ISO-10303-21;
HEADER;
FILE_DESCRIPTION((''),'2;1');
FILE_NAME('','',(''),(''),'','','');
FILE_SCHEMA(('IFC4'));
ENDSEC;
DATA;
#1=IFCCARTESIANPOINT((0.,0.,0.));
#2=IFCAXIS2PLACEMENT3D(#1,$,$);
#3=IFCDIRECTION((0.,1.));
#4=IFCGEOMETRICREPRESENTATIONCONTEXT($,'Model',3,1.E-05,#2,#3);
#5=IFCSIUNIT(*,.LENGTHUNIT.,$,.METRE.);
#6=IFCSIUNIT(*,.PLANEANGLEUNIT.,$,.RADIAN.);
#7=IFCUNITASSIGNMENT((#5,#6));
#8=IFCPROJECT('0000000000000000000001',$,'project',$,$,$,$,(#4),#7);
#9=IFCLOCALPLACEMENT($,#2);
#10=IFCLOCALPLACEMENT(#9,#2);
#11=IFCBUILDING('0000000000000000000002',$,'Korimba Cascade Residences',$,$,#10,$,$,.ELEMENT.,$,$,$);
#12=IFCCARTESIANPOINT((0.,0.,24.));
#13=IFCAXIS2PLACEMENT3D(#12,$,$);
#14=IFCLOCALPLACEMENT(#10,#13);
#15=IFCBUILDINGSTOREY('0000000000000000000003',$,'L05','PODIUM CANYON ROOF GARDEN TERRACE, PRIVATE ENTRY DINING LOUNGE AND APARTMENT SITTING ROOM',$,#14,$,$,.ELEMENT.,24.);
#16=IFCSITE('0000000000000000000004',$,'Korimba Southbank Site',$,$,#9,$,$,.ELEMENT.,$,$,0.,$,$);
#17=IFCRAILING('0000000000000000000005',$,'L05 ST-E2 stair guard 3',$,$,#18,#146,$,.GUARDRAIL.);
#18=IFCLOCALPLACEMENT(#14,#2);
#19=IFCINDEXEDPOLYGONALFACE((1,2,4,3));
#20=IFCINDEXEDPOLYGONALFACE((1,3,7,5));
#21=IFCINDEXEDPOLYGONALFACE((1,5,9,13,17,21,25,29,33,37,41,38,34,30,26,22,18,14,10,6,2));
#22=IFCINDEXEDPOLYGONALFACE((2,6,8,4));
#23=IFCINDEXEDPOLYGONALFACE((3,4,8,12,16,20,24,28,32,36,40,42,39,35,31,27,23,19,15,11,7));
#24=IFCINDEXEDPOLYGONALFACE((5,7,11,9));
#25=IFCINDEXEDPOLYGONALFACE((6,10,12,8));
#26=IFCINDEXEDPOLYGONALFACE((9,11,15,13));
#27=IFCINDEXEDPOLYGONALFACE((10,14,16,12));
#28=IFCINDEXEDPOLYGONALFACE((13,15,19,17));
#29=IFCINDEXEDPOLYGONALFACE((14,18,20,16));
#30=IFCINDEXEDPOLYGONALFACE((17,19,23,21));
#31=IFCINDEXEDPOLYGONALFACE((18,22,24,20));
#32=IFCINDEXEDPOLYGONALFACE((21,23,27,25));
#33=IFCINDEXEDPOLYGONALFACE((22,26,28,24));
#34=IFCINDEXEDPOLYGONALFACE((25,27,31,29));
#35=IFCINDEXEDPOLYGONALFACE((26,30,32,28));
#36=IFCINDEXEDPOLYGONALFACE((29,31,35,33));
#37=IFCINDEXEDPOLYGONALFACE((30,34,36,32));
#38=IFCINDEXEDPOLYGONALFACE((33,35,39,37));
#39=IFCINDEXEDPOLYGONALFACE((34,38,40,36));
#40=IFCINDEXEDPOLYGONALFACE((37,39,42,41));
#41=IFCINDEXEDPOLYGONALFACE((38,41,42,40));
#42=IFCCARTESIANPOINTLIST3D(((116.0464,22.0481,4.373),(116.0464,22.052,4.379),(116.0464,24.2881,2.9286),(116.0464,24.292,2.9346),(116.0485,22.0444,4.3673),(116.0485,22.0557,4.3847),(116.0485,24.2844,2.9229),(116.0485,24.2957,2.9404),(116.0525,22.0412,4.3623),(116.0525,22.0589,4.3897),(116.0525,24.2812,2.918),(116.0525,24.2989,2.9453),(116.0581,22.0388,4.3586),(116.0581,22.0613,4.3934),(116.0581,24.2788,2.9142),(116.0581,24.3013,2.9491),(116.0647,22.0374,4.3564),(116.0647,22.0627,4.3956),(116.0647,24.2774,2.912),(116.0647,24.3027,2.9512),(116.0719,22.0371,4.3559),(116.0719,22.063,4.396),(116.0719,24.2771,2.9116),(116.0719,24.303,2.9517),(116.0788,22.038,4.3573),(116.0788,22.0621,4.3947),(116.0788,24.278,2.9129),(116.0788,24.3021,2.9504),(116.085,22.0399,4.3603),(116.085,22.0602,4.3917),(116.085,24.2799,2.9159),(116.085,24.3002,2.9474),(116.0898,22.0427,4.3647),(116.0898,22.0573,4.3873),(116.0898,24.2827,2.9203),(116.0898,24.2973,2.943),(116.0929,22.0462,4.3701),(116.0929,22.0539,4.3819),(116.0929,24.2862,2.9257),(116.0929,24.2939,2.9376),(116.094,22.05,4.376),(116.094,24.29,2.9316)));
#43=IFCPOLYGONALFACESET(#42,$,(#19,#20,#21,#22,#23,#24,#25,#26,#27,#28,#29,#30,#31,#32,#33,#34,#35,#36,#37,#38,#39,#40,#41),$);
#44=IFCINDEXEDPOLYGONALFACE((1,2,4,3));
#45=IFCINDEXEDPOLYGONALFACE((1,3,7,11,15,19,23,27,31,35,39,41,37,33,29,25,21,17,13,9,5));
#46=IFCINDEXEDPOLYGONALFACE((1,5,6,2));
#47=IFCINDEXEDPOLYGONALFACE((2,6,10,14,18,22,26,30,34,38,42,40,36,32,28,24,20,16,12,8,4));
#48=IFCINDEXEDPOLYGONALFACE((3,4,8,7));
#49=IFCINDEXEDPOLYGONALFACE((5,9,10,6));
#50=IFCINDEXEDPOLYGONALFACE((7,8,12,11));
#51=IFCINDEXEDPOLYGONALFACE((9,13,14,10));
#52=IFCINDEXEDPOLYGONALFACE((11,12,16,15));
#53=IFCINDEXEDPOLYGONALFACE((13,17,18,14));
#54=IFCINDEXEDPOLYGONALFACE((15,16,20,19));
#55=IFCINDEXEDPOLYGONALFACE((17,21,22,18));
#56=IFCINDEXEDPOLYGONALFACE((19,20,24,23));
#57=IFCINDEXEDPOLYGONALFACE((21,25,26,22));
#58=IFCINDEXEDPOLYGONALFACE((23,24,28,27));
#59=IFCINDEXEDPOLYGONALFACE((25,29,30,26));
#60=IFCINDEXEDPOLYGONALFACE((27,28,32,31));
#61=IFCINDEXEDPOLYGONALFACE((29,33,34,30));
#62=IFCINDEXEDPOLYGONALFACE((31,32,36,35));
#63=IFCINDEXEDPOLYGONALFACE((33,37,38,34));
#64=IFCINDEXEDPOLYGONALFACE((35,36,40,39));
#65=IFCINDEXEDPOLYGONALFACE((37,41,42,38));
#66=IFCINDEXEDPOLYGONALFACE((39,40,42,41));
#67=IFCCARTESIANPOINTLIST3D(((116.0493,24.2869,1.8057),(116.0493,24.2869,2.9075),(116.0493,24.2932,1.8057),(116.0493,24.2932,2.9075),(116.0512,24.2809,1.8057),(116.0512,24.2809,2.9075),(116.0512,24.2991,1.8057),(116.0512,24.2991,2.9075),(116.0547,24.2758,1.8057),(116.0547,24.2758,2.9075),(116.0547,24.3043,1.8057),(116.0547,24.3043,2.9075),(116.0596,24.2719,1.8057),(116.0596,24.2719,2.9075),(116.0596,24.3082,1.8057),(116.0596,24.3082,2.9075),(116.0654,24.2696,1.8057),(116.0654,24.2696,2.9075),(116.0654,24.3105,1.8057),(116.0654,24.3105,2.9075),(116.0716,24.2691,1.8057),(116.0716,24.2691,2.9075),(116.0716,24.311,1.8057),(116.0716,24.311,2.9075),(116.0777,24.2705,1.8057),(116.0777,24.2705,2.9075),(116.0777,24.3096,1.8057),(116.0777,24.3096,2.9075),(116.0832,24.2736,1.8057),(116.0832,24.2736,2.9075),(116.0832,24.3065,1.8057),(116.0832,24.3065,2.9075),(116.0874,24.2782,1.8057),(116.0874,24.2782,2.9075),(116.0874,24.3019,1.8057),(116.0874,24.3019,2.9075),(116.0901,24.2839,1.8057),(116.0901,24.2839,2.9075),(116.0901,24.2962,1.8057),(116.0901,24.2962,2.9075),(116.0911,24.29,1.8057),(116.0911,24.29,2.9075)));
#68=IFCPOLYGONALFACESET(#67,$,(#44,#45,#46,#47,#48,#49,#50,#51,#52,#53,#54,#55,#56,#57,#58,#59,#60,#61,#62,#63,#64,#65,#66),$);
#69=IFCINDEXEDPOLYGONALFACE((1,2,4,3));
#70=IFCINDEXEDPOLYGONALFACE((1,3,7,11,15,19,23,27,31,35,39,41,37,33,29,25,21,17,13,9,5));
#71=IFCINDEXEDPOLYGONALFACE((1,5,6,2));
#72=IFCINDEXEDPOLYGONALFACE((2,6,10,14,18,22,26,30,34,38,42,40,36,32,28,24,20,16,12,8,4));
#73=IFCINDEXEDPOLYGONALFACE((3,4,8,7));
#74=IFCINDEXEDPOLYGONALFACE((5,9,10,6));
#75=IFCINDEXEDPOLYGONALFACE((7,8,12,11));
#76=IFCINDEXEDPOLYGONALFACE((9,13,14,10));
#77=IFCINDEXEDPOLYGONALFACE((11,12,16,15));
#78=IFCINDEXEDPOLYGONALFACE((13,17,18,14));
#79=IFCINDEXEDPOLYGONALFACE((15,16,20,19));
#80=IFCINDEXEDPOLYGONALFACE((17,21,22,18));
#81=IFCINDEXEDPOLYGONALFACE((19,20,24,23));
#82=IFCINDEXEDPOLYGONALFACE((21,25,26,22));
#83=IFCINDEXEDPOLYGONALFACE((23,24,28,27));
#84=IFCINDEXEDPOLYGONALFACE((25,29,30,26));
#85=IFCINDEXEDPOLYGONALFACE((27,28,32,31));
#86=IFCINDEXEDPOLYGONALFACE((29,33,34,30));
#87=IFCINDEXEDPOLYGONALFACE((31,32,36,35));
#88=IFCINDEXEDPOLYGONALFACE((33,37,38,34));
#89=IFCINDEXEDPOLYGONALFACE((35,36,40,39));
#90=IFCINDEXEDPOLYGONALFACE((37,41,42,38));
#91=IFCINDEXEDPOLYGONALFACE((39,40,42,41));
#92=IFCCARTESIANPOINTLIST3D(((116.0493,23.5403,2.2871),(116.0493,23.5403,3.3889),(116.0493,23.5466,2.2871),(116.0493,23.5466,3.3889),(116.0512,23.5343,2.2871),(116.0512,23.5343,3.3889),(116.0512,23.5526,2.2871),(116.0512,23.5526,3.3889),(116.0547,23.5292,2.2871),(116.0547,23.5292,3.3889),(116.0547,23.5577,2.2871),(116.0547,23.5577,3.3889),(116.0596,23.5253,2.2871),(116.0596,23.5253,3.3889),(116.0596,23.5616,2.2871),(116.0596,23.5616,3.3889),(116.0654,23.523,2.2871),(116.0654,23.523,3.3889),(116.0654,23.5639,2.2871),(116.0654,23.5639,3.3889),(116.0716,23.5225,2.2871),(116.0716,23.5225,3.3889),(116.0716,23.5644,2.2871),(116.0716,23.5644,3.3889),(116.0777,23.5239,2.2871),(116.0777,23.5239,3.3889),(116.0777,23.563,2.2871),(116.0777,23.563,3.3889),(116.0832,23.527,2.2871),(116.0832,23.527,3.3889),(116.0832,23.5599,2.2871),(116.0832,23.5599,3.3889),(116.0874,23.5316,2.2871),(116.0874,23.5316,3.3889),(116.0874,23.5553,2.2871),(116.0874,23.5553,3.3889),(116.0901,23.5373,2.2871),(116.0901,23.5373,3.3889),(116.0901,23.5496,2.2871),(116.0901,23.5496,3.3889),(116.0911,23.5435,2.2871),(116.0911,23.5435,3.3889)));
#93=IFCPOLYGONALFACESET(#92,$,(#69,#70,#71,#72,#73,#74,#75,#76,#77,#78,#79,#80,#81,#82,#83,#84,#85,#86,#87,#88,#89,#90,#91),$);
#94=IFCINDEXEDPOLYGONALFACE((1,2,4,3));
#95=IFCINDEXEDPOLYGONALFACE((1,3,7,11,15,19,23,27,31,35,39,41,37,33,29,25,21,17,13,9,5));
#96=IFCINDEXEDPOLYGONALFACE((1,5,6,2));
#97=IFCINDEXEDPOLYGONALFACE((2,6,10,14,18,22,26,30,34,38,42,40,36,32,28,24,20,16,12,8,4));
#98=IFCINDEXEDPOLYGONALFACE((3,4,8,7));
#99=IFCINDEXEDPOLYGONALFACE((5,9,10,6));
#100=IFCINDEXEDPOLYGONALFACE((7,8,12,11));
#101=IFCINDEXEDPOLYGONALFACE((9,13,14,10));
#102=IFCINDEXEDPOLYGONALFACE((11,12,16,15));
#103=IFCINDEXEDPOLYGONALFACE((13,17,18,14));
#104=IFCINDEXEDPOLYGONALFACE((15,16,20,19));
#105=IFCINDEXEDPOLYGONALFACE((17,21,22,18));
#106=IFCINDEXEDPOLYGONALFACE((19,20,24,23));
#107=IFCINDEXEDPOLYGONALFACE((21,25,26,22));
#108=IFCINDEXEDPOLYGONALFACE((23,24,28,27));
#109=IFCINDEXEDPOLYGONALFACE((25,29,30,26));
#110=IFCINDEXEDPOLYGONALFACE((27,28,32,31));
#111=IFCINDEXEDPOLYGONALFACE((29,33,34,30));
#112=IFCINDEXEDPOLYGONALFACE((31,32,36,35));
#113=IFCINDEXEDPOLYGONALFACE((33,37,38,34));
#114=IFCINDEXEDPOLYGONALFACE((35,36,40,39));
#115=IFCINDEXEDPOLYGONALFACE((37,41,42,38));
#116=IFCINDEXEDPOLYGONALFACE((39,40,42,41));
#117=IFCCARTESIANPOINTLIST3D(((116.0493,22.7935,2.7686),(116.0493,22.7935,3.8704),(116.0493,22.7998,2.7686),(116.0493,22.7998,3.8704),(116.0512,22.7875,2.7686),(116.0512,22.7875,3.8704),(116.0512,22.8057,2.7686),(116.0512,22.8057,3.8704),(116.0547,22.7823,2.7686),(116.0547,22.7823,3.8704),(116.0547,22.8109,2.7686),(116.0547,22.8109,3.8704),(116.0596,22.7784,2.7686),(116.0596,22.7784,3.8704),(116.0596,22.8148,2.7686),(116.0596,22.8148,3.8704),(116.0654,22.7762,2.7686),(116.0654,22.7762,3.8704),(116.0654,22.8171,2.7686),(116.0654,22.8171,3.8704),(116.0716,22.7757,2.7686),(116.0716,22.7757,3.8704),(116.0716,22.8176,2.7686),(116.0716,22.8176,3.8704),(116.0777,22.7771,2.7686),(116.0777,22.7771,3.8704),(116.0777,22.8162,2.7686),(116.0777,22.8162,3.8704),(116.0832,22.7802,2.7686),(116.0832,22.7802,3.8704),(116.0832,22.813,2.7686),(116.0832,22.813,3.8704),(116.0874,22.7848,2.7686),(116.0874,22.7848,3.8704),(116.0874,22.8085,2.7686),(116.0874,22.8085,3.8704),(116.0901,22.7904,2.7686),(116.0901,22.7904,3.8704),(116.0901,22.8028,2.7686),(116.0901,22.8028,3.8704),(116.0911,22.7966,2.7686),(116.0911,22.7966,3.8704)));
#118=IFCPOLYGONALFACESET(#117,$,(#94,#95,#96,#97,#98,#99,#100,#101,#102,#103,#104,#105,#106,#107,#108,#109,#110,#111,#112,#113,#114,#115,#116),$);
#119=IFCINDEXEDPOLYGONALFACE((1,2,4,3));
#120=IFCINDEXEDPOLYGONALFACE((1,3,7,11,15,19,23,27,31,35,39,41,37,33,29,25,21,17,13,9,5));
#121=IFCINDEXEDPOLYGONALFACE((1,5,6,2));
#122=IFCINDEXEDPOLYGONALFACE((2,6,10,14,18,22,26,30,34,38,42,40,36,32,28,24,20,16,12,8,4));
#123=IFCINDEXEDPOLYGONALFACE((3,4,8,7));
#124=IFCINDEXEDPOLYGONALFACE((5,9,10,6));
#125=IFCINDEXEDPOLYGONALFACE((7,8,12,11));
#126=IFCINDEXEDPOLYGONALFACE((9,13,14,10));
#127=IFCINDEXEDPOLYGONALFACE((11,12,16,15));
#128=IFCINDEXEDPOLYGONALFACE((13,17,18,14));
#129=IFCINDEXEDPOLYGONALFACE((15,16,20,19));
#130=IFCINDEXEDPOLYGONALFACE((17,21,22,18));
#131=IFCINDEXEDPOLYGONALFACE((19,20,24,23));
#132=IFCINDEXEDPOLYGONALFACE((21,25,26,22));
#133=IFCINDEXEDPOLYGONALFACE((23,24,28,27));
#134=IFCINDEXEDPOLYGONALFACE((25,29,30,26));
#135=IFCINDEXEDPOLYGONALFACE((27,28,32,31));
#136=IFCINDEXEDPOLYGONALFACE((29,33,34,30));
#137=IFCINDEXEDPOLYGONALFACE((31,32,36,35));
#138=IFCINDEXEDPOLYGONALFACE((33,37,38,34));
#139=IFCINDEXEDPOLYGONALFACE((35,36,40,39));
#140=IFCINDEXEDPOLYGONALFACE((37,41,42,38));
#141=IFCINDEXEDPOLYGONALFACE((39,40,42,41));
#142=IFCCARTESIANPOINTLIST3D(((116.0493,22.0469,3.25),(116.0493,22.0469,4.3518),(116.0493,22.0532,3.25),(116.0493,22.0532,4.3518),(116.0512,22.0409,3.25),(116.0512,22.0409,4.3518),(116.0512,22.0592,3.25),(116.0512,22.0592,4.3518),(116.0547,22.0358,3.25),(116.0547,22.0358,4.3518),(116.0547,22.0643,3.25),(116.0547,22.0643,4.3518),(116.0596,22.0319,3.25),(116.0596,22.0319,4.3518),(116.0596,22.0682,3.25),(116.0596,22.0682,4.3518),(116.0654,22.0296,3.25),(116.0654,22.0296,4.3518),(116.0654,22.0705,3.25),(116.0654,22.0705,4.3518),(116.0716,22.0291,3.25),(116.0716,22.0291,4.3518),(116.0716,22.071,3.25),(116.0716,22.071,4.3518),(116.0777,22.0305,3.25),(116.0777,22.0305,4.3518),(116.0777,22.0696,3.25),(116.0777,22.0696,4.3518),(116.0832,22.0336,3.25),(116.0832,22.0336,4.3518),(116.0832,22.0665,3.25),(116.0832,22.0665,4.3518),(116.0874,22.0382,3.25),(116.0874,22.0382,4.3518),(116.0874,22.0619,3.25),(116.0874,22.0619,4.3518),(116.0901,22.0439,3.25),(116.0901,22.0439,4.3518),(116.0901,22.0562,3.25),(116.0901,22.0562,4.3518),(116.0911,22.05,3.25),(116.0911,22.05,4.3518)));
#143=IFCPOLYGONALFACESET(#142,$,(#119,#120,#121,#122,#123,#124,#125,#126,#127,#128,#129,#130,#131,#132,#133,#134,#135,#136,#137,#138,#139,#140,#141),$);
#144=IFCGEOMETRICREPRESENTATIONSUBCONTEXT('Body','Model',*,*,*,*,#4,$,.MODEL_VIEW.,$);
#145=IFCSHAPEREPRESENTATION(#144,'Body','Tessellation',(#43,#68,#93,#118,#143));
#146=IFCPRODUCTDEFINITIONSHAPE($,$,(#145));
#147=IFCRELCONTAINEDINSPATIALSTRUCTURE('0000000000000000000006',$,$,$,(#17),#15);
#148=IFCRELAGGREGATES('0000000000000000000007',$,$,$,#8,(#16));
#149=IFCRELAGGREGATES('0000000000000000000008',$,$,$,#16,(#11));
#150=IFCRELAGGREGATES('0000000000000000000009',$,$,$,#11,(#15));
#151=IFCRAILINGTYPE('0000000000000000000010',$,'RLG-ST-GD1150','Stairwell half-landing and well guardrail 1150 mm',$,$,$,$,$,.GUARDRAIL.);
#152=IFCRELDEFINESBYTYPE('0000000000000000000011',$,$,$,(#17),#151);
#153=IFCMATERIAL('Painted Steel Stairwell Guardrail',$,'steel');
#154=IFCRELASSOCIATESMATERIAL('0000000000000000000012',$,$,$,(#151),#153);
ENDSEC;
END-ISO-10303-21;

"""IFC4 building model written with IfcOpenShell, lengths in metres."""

from ifc_helpers import new_model, si_unit, direction, frame, origin, origin_2d, place, context, subcontext, project, spatial, circle, extrude, material, type_object, element, save


model = new_model("IFC4")

# Units and contexts
model_context = context("Model", 3, precision=1e-05, world=origin(), true_north=direction((0.0, 1.0)))
body_context = subcontext(model_context, "Body", "Model", "MODEL_VIEW")
ifc_project = project(units=[si_unit("LENGTHUNIT", "METRE"), si_unit("PLANEANGLEUNIT", "RADIAN")], contexts=[model_context])

# Site, building, storey
site_placement = place(None, origin())
site = spatial("IfcSite", under=ifc_project, at=site_placement, Name="Korimba Southbank Site", CompositionType="ELEMENT", RefElevation=0.0)
building_placement = place(site_placement, origin())
building = spatial("IfcBuilding", under=site, at=building_placement, Name="Korimba Cascade Residences", CompositionType="ELEMENT")
storey_placement = place(building_placement, frame((0.0, 0.0, 24.0)))
storey = spatial("IfcBuildingStorey", under=building, at=storey_placement, Name="L05", Description="PODIUM CANYON ROOF GARDEN TERRACE, PRIVATE ENTRY DINING LOUNGE AND APARTMENT SITTING ROOM", CompositionType="ELEMENT", Elevation=24.0)

# Railing
ifc_material_1 = material(Name="Painted Steel Stairwell Guardrail", Category="steel")
railing_type_1 = type_object("IfcRailingType", Name="RLG-ST-GD1150", Description="Stairwell half-landing and well guardrail 1150 mm", PredefinedType="GUARDRAIL", material=ifc_material_1)
railing_1_placement = place(storey_placement, frame((116.0701, 24.29, 1.8057)))
element("IfcRailing", 1, at=railing_1_placement, inside=storey, type_object=railing_type_1, Name="L05 ST-E2 stair guard 3", PredefinedType="GUARDRAIL", context=body_context, shape_type="SweptSolid", body=[
    extrude(circle(Radius=0.0239, at=origin_2d()), frame((0.0, 0.0, 1.126), z_axis=(0.0, -0.840437, 0.54191), x_axis=(1.0, 0.0, 0.0)), (0.0, 0.0, 1.0), 2.6653),
    extrude(circle(Radius=0.021, at=origin_2d()), origin(), (0.0, 0.0, 1.0), 1.1018),
    extrude(circle(Radius=0.021, at=origin_2d()), frame((0.0, -0.7466, 0.4814)), (0.0, 0.0, 1.0), 1.1018),
    extrude(circle(Radius=0.021, at=origin_2d()), frame((0.0, -1.4934, 0.9629)), (0.0, 0.0, 1.0), 1.1018),
    extrude(circle(Radius=0.021, at=origin_2d()), frame((0.0, -2.24, 1.4443)), (0.0, 0.0, 1.0), 1.1018),
])

save(model, "model.ifc")
